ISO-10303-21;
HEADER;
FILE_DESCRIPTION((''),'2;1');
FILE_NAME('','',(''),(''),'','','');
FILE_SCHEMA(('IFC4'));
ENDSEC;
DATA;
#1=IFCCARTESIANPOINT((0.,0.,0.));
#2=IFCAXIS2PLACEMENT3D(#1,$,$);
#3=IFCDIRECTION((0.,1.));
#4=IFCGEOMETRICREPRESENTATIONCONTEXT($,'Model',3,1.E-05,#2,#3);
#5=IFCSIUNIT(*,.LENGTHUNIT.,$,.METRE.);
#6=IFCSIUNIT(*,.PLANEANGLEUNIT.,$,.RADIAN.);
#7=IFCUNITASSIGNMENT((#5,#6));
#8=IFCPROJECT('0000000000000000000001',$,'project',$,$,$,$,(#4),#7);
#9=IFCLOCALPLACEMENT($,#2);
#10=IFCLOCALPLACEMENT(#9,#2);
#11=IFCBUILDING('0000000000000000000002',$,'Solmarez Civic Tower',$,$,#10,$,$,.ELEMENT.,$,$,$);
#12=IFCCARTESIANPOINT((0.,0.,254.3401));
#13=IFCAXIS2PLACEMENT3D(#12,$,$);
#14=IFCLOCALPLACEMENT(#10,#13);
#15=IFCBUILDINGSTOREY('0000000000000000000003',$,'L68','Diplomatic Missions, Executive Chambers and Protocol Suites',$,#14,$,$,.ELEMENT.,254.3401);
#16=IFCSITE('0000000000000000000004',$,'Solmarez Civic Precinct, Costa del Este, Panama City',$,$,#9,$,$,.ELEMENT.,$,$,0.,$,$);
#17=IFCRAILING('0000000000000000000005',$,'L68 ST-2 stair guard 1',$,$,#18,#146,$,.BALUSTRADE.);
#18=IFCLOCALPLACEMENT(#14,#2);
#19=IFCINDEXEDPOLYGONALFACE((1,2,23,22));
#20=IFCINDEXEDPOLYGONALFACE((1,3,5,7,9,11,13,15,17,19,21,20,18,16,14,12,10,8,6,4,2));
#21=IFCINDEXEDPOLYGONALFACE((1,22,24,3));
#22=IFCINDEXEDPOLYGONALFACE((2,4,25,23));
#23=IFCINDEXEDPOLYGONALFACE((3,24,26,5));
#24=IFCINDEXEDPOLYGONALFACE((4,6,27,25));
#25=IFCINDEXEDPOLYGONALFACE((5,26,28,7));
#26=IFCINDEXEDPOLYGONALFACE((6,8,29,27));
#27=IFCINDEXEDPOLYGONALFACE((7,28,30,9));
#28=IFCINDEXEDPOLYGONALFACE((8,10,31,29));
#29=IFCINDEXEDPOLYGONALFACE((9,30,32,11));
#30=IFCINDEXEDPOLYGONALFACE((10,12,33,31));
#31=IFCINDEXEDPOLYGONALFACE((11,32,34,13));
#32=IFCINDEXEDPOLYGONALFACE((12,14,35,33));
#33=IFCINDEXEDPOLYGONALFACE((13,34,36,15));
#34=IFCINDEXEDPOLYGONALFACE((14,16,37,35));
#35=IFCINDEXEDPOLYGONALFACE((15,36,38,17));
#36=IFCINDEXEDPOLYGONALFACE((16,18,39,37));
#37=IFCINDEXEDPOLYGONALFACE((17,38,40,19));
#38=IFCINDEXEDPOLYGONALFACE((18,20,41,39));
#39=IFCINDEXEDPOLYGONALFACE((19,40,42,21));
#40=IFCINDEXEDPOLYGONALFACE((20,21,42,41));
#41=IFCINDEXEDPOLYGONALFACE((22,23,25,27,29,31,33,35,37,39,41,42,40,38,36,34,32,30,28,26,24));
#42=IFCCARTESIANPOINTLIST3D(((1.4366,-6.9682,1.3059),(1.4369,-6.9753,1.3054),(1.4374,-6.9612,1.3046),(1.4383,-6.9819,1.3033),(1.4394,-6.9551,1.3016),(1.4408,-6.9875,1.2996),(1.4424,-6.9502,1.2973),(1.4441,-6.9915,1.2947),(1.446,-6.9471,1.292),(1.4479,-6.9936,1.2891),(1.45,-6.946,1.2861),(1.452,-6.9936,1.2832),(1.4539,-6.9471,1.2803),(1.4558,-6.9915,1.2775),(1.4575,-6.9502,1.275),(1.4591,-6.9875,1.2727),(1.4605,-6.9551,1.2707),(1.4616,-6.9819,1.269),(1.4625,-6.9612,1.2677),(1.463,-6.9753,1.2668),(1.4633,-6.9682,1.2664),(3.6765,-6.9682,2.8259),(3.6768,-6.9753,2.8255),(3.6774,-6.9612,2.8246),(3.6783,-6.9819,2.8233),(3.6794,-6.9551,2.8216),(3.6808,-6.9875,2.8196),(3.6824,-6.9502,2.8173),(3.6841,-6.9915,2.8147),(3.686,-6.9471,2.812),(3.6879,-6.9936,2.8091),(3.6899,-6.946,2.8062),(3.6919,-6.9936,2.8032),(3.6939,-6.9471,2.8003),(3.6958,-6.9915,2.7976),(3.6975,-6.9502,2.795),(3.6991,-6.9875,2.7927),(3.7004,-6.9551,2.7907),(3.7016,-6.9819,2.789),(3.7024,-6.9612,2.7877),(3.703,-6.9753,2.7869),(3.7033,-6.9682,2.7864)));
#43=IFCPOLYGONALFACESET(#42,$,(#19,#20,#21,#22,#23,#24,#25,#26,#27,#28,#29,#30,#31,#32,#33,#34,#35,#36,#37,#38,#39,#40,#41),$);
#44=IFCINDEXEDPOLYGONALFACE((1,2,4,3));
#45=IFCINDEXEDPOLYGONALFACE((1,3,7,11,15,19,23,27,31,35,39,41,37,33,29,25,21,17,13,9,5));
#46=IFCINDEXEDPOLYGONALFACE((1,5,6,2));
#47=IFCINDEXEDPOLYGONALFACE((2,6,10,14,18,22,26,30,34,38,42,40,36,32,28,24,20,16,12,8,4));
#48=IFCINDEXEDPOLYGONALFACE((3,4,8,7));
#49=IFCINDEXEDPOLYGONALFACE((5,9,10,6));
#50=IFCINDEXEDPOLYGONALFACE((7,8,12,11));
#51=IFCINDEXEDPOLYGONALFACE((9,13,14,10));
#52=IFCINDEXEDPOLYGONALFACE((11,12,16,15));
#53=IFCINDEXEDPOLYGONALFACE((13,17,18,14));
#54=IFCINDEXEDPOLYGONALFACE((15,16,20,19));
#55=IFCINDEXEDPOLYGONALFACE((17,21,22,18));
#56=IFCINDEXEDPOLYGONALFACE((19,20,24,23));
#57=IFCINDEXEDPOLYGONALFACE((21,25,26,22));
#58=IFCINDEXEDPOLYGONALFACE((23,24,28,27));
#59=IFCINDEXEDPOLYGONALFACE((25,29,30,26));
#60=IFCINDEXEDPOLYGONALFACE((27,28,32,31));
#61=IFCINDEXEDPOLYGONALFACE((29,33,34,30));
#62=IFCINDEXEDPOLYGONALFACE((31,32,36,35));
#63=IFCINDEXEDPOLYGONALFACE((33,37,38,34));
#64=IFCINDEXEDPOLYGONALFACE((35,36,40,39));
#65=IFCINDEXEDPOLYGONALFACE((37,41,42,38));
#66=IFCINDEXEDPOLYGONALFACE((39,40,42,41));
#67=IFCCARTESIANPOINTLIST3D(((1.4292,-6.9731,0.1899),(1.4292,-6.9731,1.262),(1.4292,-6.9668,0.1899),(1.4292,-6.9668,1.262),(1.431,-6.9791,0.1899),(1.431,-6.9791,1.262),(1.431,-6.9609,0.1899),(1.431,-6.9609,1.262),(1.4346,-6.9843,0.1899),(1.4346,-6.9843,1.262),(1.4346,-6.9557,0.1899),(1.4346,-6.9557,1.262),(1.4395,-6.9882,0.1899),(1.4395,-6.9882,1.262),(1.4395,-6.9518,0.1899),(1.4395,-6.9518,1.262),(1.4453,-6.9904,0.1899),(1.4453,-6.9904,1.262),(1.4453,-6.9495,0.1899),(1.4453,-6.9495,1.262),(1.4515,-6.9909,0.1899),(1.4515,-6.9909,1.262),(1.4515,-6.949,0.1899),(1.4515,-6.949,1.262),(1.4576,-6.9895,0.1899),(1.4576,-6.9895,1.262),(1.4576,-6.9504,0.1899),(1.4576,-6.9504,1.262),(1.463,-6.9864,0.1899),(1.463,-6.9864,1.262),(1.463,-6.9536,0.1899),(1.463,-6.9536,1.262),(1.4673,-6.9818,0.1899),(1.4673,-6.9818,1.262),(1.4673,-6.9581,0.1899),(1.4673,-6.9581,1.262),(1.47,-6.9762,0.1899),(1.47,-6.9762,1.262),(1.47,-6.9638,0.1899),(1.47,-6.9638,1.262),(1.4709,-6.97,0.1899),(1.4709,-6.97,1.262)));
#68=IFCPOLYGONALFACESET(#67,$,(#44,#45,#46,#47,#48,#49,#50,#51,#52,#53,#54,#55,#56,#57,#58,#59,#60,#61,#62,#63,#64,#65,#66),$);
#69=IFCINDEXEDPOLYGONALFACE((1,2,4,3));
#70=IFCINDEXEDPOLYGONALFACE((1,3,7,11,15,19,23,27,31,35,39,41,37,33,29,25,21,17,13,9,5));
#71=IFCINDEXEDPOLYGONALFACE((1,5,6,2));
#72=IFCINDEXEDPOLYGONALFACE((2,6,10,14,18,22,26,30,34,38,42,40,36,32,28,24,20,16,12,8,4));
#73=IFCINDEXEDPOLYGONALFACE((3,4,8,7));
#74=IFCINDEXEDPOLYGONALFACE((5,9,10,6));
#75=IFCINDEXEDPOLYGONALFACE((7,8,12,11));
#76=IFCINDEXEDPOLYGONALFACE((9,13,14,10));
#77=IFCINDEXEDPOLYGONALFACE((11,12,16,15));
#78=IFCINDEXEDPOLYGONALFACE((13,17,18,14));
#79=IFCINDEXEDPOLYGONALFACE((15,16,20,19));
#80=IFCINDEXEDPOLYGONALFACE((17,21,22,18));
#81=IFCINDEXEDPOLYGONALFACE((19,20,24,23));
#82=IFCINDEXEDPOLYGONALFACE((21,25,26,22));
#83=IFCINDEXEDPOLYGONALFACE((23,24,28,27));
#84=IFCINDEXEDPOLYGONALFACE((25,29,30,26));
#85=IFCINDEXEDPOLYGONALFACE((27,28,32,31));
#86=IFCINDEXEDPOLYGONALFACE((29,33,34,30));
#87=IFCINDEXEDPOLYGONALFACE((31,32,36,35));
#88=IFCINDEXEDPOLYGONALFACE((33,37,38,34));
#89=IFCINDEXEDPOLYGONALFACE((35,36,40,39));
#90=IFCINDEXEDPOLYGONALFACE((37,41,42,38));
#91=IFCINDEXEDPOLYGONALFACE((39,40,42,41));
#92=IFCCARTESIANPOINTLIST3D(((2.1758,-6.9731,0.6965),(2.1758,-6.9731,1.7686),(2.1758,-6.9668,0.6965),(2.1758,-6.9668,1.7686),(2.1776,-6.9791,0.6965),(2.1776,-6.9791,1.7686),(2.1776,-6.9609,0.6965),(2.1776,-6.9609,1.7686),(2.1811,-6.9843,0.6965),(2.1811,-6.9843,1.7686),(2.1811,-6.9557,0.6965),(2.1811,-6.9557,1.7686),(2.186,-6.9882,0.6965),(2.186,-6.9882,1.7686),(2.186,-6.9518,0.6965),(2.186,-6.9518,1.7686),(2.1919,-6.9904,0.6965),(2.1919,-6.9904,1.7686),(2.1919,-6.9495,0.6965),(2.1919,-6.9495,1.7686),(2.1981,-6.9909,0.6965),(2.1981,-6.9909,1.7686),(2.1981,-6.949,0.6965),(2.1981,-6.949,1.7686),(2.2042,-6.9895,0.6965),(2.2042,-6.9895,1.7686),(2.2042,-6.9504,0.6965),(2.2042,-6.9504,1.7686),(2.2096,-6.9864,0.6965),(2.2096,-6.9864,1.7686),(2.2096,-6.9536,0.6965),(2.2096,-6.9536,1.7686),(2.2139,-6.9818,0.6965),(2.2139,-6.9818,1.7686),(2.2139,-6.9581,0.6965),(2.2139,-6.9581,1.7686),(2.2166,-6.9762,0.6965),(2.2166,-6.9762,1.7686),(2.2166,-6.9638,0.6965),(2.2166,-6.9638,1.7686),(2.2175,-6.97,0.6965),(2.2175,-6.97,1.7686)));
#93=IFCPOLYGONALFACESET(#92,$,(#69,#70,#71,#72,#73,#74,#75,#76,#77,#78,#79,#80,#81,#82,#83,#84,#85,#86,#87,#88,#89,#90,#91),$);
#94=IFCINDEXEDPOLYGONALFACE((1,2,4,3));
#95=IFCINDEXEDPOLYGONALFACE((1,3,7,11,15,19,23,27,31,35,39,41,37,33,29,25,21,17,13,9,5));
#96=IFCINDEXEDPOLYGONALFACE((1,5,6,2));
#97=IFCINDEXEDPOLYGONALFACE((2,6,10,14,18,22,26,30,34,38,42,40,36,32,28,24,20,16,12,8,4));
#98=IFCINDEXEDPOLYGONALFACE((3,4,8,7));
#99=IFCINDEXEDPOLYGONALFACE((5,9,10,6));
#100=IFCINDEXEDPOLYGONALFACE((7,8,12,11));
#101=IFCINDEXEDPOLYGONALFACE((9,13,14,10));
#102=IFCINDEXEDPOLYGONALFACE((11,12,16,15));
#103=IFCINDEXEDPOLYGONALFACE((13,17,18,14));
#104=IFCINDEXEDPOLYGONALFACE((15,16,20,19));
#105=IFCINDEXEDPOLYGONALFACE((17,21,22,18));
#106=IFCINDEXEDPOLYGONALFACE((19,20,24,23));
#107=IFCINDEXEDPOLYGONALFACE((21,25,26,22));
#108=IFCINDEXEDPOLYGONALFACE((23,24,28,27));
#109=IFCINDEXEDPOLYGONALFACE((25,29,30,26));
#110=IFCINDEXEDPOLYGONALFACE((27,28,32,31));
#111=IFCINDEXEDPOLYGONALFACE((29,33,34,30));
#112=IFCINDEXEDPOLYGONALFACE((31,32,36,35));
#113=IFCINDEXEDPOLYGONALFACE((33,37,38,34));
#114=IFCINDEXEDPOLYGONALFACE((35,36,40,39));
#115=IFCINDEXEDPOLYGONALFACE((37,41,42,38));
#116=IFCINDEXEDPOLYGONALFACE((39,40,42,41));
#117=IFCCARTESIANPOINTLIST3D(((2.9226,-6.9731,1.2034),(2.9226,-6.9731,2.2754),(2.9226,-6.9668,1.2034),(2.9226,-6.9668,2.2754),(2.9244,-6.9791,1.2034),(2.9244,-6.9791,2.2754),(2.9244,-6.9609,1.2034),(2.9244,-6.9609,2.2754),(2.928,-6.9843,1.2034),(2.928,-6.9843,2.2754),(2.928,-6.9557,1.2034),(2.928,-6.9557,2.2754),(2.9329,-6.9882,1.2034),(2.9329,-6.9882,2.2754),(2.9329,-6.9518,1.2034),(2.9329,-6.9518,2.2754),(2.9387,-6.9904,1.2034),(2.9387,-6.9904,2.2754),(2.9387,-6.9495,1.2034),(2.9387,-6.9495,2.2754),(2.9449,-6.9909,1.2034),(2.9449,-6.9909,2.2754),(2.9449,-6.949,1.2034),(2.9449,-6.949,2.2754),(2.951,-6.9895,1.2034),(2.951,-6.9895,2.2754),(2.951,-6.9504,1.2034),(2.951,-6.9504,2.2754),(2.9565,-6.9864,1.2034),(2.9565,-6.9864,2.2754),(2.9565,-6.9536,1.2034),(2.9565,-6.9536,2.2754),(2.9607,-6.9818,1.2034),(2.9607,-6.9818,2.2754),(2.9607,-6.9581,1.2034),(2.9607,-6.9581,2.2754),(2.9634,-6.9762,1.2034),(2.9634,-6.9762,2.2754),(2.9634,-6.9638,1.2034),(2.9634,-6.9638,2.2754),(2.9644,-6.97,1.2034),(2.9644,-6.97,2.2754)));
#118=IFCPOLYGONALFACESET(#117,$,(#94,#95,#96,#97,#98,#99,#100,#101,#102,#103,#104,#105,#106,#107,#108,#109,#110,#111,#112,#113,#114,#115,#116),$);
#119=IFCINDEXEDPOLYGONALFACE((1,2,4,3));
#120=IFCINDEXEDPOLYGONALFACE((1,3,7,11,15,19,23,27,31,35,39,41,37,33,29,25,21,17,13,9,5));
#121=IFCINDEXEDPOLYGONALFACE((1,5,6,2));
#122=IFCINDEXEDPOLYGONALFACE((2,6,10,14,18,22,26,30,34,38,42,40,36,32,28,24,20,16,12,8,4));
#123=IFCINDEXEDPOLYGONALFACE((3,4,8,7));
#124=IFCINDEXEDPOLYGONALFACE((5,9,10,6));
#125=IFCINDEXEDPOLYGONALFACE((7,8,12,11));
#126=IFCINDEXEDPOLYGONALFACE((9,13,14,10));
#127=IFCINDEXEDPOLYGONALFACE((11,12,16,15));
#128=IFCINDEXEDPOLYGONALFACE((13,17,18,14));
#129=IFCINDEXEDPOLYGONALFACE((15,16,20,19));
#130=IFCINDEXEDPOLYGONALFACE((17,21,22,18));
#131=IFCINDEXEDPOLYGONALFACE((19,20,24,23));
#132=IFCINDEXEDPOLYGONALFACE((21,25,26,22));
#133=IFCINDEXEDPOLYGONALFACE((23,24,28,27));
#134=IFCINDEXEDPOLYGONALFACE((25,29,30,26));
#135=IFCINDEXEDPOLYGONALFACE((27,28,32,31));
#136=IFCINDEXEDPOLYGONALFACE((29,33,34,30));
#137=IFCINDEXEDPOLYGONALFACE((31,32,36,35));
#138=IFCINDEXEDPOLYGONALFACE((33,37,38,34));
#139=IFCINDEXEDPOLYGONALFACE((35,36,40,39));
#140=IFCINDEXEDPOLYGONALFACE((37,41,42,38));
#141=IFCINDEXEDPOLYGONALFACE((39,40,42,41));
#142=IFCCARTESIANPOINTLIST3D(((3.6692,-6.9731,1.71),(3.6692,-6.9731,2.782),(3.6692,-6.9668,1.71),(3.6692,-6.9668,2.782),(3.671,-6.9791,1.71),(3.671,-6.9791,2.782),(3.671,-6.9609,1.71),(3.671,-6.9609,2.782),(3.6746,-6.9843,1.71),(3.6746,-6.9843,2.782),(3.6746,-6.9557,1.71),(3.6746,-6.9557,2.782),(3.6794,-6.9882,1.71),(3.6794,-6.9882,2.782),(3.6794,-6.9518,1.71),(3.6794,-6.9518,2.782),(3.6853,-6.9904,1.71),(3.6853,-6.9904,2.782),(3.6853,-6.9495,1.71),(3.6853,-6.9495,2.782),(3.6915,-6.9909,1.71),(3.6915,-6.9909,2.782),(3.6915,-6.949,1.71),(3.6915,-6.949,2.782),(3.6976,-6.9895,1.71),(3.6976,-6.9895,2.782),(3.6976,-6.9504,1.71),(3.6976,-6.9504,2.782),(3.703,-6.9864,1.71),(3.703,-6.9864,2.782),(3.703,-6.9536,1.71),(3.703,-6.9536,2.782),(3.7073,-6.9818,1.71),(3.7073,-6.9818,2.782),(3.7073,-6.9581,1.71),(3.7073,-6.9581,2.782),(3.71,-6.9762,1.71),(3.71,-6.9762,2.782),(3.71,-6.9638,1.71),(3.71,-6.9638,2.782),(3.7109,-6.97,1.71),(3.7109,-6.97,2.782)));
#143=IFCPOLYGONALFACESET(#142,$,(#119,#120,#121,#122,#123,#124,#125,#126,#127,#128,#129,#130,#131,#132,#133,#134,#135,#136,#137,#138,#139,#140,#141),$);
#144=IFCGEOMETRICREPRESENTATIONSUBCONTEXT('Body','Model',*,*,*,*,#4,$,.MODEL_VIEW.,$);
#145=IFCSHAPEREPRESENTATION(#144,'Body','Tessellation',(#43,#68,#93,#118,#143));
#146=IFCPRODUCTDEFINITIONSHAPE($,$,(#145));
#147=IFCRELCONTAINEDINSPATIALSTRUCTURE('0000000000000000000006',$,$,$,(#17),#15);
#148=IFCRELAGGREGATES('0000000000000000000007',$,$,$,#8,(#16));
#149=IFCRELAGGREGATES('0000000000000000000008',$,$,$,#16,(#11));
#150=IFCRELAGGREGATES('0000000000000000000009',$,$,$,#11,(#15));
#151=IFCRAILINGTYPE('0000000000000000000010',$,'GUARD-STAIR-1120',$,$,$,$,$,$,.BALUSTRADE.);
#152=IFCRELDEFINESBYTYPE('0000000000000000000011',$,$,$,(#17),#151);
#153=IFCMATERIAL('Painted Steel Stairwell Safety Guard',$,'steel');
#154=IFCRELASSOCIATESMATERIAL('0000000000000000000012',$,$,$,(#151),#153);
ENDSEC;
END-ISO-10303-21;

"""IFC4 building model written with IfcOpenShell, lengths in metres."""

from ifc_helpers import new_model, si_unit, direction, frame, origin, origin_2d, place, context, subcontext, project, spatial, circle, extrude, material, type_object, element, save


model = new_model("IFC4")

# Units and contexts
model_context = context("Model", 3, precision=1e-05, world=origin(), true_north=direction((0.0, 1.0)))
body_context = subcontext(model_context, "Body", "Model", "MODEL_VIEW")
ifc_project = project(units=[si_unit("LENGTHUNIT", "METRE"), si_unit("PLANEANGLEUNIT", "RADIAN")], contexts=[model_context])

# Site, building, storey
site_placement = place(None, origin())
site = spatial("IfcSite", under=ifc_project, at=site_placement, Name="Solmarez Civic Precinct, Costa del Este, Panama City", CompositionType="ELEMENT", RefElevation=0.0)
building_placement = place(site_placement, origin())
building = spatial("IfcBuilding", under=site, at=building_placement, Name="Solmarez Civic Tower", CompositionType="ELEMENT")
storey_placement = place(building_placement, frame((0.0, 0.0, 254.3401)))
storey = spatial("IfcBuildingStorey", under=building, at=storey_placement, Name="L68", Description="Diplomatic Missions, Executive Chambers and Protocol Suites", CompositionType="ELEMENT", Elevation=254.3401)

# Railing
ifc_material_1 = material(Name="Painted Steel Stairwell Safety Guard", Category="steel")
railing_type = type_object("IfcRailingType", Name="GUARD-STAIR-1120", PredefinedType="BALUSTRADE", material=ifc_material_1)
railing_1_placement = place(storey_placement, frame((1.45, -6.97, 0.1899)))
element("IfcRailing", 1, at=railing_1_placement, inside=storey, type_object=railing_type, Name="L68 ST-2 stair guard 1", PredefinedType="BALUSTRADE", context=body_context, shape_type="SweptSolid", body=[
    extrude(circle(Radius=0.0239, at=origin_2d()), frame((0.0, 0.0, 1.0962), z_axis=(0.827471, 0.0, 0.561508), x_axis=(0.0, 1.0, 0.0)), (0.0, 0.0, 1.0), 2.707),
    extrude(circle(Radius=0.021, at=origin_2d()), origin(), (0.0, 0.0, 1.0), 1.072),
    extrude(circle(Radius=0.021, at=origin_2d()), frame((0.7466, 0.0, 0.5066)), (0.0, 0.0, 1.0), 1.072),
    extrude(circle(Radius=0.021, at=origin_2d()), frame((1.4934, 0.0, 1.0134)), (0.0, 0.0, 1.0), 1.072),
    extrude(circle(Radius=0.021, at=origin_2d()), frame((2.24, 0.0, 1.52)), (0.0, 0.0, 1.0), 1.072),
])

save(model, "model.ifc")
